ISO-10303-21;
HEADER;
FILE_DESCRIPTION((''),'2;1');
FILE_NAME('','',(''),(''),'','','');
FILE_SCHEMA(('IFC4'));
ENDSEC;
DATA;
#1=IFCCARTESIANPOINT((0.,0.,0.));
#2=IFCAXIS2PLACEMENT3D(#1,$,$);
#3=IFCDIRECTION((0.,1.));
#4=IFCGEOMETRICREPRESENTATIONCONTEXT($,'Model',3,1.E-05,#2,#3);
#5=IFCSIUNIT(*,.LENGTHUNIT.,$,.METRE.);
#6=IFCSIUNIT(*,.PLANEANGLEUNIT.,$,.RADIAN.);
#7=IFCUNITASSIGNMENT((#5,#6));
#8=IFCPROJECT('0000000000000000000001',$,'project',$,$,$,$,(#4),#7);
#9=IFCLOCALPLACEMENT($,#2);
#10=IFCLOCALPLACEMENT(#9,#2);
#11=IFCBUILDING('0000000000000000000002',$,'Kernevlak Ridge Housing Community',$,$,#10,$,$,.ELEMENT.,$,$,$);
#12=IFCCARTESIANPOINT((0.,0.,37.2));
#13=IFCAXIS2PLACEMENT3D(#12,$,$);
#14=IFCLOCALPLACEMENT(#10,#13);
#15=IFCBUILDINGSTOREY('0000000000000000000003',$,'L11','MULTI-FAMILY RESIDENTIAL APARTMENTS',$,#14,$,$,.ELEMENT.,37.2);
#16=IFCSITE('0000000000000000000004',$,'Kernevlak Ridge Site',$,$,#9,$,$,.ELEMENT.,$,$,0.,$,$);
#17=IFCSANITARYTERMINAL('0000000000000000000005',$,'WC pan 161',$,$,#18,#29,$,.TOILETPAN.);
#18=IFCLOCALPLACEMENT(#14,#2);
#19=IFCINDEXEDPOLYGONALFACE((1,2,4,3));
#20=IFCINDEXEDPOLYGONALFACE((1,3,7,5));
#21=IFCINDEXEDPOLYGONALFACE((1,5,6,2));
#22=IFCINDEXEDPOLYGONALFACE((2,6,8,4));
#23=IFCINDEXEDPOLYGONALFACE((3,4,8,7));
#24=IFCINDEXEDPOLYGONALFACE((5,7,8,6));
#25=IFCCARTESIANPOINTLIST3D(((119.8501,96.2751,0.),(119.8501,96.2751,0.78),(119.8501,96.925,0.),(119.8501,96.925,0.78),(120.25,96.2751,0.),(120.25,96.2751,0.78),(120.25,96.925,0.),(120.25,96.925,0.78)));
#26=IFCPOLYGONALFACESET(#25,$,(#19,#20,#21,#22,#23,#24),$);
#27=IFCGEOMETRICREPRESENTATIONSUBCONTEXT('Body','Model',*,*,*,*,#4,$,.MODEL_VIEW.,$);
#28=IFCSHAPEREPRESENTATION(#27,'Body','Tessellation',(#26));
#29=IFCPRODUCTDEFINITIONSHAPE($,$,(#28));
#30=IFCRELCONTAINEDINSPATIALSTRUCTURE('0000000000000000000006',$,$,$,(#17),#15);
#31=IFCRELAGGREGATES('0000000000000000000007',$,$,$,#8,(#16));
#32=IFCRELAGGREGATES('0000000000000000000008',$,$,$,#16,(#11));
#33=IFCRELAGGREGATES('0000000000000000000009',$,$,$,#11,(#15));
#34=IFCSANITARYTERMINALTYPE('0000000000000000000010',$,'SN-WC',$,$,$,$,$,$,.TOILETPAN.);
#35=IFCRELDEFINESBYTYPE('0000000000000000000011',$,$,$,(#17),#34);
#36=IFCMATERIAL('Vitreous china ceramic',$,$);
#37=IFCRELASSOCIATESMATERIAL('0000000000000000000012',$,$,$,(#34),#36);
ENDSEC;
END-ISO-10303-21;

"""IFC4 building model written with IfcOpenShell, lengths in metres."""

from ifc_helpers import new_model, si_unit, direction, frame, origin, origin_2d, place, context, subcontext, project, spatial, rectangle, extrude, material, type_object, element, save


model = new_model("IFC4")

# Units and contexts
model_context = context("Model", 3, precision=1e-05, world=origin(), true_north=direction((0.0, 1.0)))
body_context = subcontext(model_context, "Body", "Model", "MODEL_VIEW")
ifc_project = project(units=[si_unit("LENGTHUNIT", "METRE"), si_unit("PLANEANGLEUNIT", "RADIAN")], contexts=[model_context])

# Site, building, storey
site_placement = place(None, origin())
site = spatial("IfcSite", under=ifc_project, at=site_placement, Name="Kernevlak Ridge Site", CompositionType="ELEMENT", RefElevation=0.0)
building_placement = place(site_placement, origin())
building = spatial("IfcBuilding", under=site, at=building_placement, Name="Kernevlak Ridge Housing Community", CompositionType="ELEMENT")
storey_placement = place(building_placement, frame((0.0, 0.0, 37.2)))
storey = spatial("IfcBuildingStorey", under=building, at=storey_placement, Name="L11", Description="MULTI-FAMILY RESIDENTIAL APARTMENTS", CompositionType="ELEMENT", Elevation=37.2)

# Sanitary terminal
ifc_material_1 = material(Name="Vitreous china ceramic")
sanitary_terminal_type_1 = type_object("IfcSanitaryTerminalType", Name="SN-WC", PredefinedType="TOILETPAN", material=ifc_material_1)
sanitary_terminal_1_placement = place(storey_placement, frame((120.05, 96.6001, 0.0), z_axis=(0.0, 0.0, 1.0), x_axis=(1.0, 0.0, 0.0)))
element("IfcSanitaryTerminal", 1, at=sanitary_terminal_1_placement, inside=storey, type_object=sanitary_terminal_type_1, Name="WC pan 161", PredefinedType="TOILETPAN", context=body_context, shape_type="SweptSolid", body=[
    extrude(rectangle(XDim=0.3999, YDim=0.6499, at=origin_2d()), origin(), (0.0, 0.0, 1.0), 0.78),
])

save(model, "model.ifc")
